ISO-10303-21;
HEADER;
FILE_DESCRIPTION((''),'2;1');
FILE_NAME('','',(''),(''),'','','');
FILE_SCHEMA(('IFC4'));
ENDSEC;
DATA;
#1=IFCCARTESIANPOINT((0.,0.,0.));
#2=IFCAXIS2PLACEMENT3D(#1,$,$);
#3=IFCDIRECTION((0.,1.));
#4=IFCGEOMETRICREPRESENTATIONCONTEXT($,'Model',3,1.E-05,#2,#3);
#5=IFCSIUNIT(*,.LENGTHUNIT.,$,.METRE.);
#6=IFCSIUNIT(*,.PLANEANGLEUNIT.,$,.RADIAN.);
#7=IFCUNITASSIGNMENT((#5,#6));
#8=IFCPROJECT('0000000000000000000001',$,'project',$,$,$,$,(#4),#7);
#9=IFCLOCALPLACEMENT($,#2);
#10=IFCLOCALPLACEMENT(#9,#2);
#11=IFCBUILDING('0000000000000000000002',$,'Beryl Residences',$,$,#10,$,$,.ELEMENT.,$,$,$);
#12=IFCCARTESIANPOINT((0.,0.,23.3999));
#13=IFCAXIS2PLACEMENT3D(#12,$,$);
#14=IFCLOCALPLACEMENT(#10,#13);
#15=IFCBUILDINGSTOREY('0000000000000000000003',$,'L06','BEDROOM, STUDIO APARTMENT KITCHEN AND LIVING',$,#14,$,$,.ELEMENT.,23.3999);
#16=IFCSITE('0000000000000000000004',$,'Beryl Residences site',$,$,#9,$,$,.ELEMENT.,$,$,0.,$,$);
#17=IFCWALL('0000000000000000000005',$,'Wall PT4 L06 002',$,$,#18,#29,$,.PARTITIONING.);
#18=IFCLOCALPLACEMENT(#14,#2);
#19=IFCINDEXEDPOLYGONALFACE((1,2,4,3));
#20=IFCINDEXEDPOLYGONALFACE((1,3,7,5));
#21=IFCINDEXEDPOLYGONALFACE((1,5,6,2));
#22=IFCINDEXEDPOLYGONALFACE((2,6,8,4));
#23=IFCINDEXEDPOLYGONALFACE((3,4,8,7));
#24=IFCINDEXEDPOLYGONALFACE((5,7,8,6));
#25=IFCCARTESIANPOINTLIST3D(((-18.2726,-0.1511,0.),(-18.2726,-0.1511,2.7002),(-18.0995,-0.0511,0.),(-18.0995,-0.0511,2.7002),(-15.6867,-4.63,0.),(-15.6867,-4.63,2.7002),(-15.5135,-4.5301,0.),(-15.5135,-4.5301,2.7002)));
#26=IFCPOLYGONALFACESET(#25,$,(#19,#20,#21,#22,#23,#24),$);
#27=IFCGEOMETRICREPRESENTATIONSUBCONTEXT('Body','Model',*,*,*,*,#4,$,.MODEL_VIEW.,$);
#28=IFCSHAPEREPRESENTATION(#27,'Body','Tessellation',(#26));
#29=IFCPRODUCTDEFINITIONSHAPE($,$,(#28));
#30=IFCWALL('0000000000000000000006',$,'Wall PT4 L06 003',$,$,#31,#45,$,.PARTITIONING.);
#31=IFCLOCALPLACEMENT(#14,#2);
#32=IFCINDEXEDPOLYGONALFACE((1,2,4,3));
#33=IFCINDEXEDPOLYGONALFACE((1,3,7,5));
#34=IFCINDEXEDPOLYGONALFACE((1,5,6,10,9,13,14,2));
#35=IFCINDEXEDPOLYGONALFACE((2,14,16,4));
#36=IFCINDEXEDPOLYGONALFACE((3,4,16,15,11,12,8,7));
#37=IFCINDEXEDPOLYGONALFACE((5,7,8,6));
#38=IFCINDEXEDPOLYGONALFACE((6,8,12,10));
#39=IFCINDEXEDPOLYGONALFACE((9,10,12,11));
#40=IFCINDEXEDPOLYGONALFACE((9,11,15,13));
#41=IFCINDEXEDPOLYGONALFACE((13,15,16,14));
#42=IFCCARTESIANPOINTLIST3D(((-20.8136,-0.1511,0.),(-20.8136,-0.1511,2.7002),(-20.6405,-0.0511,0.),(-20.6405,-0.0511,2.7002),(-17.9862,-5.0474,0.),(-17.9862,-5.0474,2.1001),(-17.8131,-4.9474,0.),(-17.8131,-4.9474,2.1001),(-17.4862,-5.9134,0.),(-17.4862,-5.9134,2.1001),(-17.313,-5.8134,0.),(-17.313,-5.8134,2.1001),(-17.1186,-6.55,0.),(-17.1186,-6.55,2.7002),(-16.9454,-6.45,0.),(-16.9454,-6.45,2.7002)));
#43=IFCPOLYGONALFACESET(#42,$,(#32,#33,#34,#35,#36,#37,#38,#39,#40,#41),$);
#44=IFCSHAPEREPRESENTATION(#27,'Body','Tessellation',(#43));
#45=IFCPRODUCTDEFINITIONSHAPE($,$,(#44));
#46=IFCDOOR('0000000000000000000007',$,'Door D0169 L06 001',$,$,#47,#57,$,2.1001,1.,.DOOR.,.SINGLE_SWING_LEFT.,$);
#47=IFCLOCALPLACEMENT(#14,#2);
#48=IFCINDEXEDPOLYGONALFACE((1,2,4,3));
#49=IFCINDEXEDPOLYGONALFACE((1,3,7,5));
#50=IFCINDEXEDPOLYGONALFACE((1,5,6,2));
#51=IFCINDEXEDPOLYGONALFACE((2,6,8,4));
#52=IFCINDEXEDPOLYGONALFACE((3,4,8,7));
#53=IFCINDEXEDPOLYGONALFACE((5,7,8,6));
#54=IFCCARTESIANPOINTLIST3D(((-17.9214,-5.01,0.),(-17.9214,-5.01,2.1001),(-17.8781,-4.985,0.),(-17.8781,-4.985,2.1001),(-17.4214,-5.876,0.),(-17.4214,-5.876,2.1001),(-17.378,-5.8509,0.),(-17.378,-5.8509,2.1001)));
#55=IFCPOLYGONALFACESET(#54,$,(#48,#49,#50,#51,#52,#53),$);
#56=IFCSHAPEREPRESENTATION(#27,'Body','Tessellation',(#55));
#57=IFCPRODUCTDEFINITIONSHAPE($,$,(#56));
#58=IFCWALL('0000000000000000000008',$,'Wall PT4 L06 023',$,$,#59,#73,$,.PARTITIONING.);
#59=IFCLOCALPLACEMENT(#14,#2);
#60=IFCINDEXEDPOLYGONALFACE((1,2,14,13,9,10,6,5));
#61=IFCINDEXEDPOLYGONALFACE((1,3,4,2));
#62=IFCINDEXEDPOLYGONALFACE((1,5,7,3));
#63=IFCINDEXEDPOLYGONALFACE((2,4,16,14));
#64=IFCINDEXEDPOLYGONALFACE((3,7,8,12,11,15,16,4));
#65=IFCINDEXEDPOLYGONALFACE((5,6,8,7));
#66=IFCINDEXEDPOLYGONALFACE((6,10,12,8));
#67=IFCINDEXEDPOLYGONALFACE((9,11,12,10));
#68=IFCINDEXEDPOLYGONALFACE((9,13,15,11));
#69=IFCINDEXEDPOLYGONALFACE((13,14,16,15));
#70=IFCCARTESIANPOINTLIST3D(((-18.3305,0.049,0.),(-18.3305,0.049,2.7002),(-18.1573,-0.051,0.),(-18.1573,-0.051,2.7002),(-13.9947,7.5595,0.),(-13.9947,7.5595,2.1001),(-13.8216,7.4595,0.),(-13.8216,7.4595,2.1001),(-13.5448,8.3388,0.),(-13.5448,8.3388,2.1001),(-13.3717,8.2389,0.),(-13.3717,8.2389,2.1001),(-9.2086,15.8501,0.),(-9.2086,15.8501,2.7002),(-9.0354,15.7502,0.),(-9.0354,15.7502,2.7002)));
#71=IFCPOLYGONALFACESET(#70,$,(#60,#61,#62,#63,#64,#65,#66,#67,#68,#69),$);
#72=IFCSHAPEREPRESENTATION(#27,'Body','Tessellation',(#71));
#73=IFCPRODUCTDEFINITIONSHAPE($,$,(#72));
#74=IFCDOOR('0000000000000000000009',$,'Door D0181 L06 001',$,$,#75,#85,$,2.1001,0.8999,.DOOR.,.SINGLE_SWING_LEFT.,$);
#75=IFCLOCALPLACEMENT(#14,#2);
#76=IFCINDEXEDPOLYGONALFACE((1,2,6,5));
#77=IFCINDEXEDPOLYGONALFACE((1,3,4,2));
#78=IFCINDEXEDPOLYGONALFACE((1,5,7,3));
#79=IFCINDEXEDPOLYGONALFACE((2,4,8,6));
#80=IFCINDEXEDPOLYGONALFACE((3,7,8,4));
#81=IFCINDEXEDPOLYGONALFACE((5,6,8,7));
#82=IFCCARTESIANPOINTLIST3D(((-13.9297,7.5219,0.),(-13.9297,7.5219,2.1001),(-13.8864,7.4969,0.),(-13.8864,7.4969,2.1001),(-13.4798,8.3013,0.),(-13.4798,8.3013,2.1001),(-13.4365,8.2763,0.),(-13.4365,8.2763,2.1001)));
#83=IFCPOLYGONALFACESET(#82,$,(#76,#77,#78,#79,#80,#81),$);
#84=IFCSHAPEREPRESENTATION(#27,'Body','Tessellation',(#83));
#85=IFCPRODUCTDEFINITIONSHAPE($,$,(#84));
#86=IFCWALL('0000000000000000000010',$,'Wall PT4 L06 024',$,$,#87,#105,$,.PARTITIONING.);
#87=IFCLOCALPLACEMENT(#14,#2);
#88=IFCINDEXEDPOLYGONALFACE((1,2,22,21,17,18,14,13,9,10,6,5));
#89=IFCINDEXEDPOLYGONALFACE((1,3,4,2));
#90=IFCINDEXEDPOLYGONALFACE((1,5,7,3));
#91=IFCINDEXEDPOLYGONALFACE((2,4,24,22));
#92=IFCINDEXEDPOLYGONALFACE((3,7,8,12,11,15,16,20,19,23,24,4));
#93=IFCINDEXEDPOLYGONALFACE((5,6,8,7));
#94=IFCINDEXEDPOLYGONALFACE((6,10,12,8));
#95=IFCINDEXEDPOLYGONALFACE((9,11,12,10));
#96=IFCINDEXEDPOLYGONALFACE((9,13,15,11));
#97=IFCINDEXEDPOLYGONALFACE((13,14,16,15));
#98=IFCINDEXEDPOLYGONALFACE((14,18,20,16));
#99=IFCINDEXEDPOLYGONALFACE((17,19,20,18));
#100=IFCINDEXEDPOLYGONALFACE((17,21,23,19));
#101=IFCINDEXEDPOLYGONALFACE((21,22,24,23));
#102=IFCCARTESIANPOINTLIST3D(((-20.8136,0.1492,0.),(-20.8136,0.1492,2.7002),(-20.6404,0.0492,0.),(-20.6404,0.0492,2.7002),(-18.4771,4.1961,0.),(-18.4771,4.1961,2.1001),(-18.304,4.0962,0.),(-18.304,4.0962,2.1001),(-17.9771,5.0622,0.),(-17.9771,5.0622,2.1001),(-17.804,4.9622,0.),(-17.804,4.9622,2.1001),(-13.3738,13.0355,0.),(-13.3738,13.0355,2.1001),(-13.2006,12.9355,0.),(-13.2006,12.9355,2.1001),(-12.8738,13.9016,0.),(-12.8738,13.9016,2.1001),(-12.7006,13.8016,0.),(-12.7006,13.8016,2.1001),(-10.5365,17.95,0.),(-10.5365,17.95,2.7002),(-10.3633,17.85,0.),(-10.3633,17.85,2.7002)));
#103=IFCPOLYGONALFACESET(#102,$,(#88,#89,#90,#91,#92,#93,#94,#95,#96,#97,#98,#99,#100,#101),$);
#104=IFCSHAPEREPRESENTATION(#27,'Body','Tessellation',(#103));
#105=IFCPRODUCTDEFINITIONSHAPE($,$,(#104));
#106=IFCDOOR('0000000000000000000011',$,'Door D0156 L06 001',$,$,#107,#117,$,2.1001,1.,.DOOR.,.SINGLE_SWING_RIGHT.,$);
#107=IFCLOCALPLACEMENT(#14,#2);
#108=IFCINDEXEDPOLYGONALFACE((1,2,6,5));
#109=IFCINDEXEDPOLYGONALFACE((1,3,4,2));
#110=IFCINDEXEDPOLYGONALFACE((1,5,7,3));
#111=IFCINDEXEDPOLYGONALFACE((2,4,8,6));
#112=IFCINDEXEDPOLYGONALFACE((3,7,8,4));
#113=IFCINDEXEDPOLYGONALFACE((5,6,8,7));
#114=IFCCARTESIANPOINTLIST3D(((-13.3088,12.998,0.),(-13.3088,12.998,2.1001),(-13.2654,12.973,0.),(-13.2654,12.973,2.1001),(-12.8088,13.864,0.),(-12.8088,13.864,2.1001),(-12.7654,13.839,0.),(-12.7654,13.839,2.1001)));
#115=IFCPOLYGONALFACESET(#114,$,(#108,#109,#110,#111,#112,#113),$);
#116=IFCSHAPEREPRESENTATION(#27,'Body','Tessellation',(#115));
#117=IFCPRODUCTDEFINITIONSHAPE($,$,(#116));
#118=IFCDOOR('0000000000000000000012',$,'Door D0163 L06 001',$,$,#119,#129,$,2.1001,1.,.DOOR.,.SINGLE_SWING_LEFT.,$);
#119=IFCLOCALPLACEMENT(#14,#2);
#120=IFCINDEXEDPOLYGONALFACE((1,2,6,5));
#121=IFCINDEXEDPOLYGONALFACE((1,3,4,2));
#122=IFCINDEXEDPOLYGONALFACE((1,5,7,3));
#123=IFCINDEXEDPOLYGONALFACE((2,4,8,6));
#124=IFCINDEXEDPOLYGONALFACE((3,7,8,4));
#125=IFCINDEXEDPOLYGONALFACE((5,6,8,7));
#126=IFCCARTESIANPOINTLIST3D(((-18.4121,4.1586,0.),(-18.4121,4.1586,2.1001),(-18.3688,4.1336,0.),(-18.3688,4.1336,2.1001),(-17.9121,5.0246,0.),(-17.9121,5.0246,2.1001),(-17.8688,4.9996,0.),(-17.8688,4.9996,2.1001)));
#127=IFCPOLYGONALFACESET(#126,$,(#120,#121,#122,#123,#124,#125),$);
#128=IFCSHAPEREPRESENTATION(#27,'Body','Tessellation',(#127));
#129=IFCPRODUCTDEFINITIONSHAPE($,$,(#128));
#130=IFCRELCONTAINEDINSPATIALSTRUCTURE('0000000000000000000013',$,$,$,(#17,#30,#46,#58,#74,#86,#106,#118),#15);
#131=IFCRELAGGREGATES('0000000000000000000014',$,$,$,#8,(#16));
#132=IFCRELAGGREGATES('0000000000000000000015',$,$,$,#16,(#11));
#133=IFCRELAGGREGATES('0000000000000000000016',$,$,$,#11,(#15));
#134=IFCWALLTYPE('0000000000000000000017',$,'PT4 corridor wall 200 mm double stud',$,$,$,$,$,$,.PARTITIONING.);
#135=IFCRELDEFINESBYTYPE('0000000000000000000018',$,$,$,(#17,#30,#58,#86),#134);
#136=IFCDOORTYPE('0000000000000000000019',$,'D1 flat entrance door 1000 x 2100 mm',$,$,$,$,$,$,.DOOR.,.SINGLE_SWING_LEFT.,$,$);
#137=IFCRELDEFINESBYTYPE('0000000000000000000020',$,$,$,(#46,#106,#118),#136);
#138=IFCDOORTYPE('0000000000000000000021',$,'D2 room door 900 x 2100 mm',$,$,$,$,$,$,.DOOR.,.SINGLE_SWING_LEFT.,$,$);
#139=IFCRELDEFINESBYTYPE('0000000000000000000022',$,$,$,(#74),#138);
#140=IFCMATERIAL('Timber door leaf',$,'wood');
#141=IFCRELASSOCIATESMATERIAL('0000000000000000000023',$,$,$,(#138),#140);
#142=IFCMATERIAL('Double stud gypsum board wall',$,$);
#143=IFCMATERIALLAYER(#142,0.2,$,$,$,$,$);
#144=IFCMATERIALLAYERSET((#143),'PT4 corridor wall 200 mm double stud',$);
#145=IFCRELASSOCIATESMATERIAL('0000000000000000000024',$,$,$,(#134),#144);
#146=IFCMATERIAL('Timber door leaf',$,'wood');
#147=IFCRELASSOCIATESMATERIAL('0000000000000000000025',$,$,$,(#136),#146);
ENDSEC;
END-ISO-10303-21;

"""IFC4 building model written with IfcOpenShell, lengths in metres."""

from ifc_helpers import new_model, si_unit, direction, frame, frame_2d, origin, place, context, subcontext, project, spatial, rectangle, extrude, material, layer, layer_set, type_object, element, fill, save


model = new_model("IFC4")

# Units and contexts
model_context = context("Model", 3, precision=1e-05, world=origin(), true_north=direction((0.0, 1.0)))
body_context = subcontext(model_context, "Body", "Model", "MODEL_VIEW")
ifc_project = project(units=[si_unit("LENGTHUNIT", "METRE"), si_unit("PLANEANGLEUNIT", "RADIAN")], contexts=[model_context])

# Site, building, storey
site_placement = place(None, origin())
site = spatial("IfcSite", under=ifc_project, at=site_placement, Name="Beryl Residences site", CompositionType="ELEMENT", RefElevation=0.0)
building_placement = place(site_placement, origin())
building = spatial("IfcBuilding", under=site, at=building_placement, Name="Beryl Residences", CompositionType="ELEMENT")
storey_placement = place(building_placement, frame((0.0, 0.0, 23.3999)))
storey = spatial("IfcBuildingStorey", under=building, at=storey_placement, Name="L06", Description="BEDROOM, STUDIO APARTMENT KITCHEN AND LIVING", CompositionType="ELEMENT", Elevation=23.3999)

# Shared definitions
ifc_material_1 = material(Name="Timber door leaf", Category="wood")
door_type_1 = type_object("IfcDoorType", Name="D2 room door 900 x 2100 mm", OperationType="SINGLE_SWING_LEFT", PredefinedType="DOOR", material=ifc_material_1)

# Wall
ifc_material_2 = material(Name="Double stud gypsum board wall")
ifc_layer_1 = layer(ifc_material_2, 0.2)
ifc_layer_set_1 = layer_set([ifc_layer_1], Name="PT4 corridor wall 200 mm double stud")
wall_type_1 = type_object("IfcWallType", Name="PT4 corridor wall 200 mm double stud", PredefinedType="PARTITIONING", material=ifc_layer_set_1)
wall_1_placement = place(storey_placement, frame((-18.186, -0.1011, 0.0), z_axis=(0.0, 0.0, 1.0), x_axis=(0.499998, -0.866027, 0.0)))
element("IfcWall", 1, at=wall_1_placement, inside=storey, type_object=wall_type_1, Name="Wall PT4 L06 002", PredefinedType="PARTITIONING", context=body_context, shape_type="SweptSolid", body=[
    extrude(rectangle(XDim=5.1719, YDim=0.2, at=frame_2d((2.5859, 0.0))), origin(), (0.0, 0.0, 1.0), 2.7002),
])

# Walls, openings, doors
wall_2_placement = place(storey_placement, frame((-20.7271, -0.1011, 0.0), z_axis=(0.0, 0.0, 1.0), x_axis=(0.500066, -0.865987, 0.0)))
wall_2 = element("IfcWall", 2, at=wall_2_placement, inside=storey, type_object=wall_type_1, Name="Wall PT4 L06 003", PredefinedType="PARTITIONING", context=body_context, shape_type="SweptSolid", body=[
    extrude(rectangle(XDim=7.3892, YDim=0.2, at=frame_2d((3.6946, 0.0))), origin(), (0.0, 0.0, 1.0), 2.7002),
])
opening_1_placement = place(wall_2_placement, frame((5.6541, 0.0, 0.0)))
opening_1 = element("IfcOpeningElement", 3, at=opening_1_placement, cuts=wall_2, PredefinedType="OPENING", context=body_context, shape_type="SweptSolid", body=[
    extrude(rectangle(XDim=1.0, YDim=2.1001, at=frame_2d((0.5, 1.05))), frame((0.0, 0.1099, 0.0), z_axis=(0.0, -1.0, 0.0), x_axis=(1.0, 0.0, 0.0)), (0.0, 0.0, 1.0), 0.22),
])
ifc_material_3 = material(Name="Timber door leaf", Category="wood")
door_type_2 = type_object("IfcDoorType", Name="D1 flat entrance door 1000 x 2100 mm", OperationType="SINGLE_SWING_LEFT", PredefinedType="DOOR", material=ifc_material_3)
door_1_placement = place(opening_1_placement, origin())
door_1 = element("IfcDoor", 4, at=door_1_placement, inside=storey, type_object=door_type_2, Name="Door D0169 L06 001", OperationType="SINGLE_SWING_LEFT", OverallHeight=2.1001, OverallWidth=1.0, PredefinedType="DOOR", context=body_context, shape_type="SweptSolid", body=[
    extrude(rectangle(XDim=1.0, YDim=2.1001, at=frame_2d((0.5, 1.05))), frame((0.0, 0.0249, 0.0), z_axis=(0.0, -1.0, 0.0), x_axis=(1.0, 0.0, 0.0)), (0.0, 0.0, 1.0), 0.05),
])
fill(opening_1, door_1)
wall_3_placement = place(storey_placement, frame((-18.2439, -0.001, 0.0), z_axis=(0.0, 0.0, 1.0), x_axis=(0.499963, 0.866047, 0.0)))
wall_3 = element("IfcWall", 5, at=wall_3_placement, inside=storey, type_object=wall_type_1, Name="Wall PT4 L06 023", PredefinedType="PARTITIONING", context=body_context, shape_type="SweptSolid", body=[
    extrude(rectangle(XDim=18.2451, YDim=0.2, at=frame_2d((9.1226, 0.0))), origin(), (0.0, 0.0, 1.0), 2.7002),
])
opening_2_placement = place(wall_3_placement, frame((8.6721, 0.0, 0.0)))
opening_2 = element("IfcOpeningElement", 6, at=opening_2_placement, cuts=wall_3, PredefinedType="OPENING", context=body_context, shape_type="SweptSolid", body=[
    extrude(rectangle(XDim=0.8999, YDim=2.1001, at=frame_2d((0.45, 1.05))), frame((0.0, 0.1099, 0.0), z_axis=(0.0, -1.0, 0.0), x_axis=(1.0, 0.0, 0.0)), (0.0, 0.0, 1.0), 0.22),
])
door_2_placement = place(opening_2_placement, origin())
door_2 = element("IfcDoor", 7, at=door_2_placement, inside=storey, type_object=door_type_1, Name="Door D0181 L06 001", OperationType="SINGLE_SWING_LEFT", OverallHeight=2.1001, OverallWidth=0.8999, PredefinedType="DOOR", context=body_context, shape_type="SweptSolid", body=[
    extrude(rectangle(XDim=0.8999, YDim=2.1001, at=frame_2d((0.45, 1.05))), frame((0.0, 0.0249, 0.0), z_axis=(0.0, -1.0, 0.0), x_axis=(1.0, 0.0, 0.0)), (0.0, 0.0, 1.0), 0.05),
])
fill(opening_2, door_2)

# Wall, openings, doors
wall_4_placement = place(storey_placement, frame((-20.7271, 0.0991, 0.0), z_axis=(0.0, 0.0, 1.0), x_axis=(0.499993, 0.866029, 0.0)))
wall_4 = element("IfcWall", 8, at=wall_4_placement, inside=storey, type_object=wall_type_1, Name="Wall PT4 L06 024", PredefinedType="PARTITIONING", context=body_context, shape_type="SweptSolid", body=[
    extrude(rectangle(XDim=20.5544, YDim=0.2, at=frame_2d((10.2773, 0.0))), origin(), (0.0, 0.0, 1.0), 2.7002),
])
opening_3_placement = place(wall_4_placement, frame((14.8799, 0.0, 0.0)))
opening_3 = element("IfcOpeningElement", 9, at=opening_3_placement, cuts=wall_4, PredefinedType="OPENING", context=body_context, shape_type="SweptSolid", body=[
    extrude(rectangle(XDim=1.0, YDim=2.1001, at=frame_2d((0.5, 1.05))), frame((0.0, 0.1099, 0.0), z_axis=(0.0, -1.0, 0.0), x_axis=(1.0, 0.0, 0.0)), (0.0, 0.0, 1.0), 0.22),
])
opening_4_placement = place(wall_4_placement, frame((4.6731, 0.0, 0.0)))
opening_4 = element("IfcOpeningElement", 10, at=opening_4_placement, cuts=wall_4, PredefinedType="OPENING", context=body_context, shape_type="SweptSolid", body=[
    extrude(rectangle(XDim=1.0, YDim=2.1001, at=frame_2d((0.5, 1.05))), frame((0.0, 0.1099, 0.0), z_axis=(0.0, -1.0, 0.0), x_axis=(1.0, 0.0, 0.0)), (0.0, 0.0, 1.0), 0.22),
])
door_3_placement = place(opening_3_placement, origin())
door_3 = element("IfcDoor", 11, at=door_3_placement, inside=storey, type_object=door_type_2, Name="Door D0156 L06 001", OperationType="SINGLE_SWING_RIGHT", OverallHeight=2.1001, OverallWidth=1.0, PredefinedType="DOOR", context=body_context, shape_type="SweptSolid", body=[
    extrude(rectangle(XDim=1.0, YDim=2.1001, at=frame_2d((0.5, 1.05))), frame((0.0, 0.0249, 0.0), z_axis=(0.0, -1.0, 0.0), x_axis=(1.0, 0.0, 0.0)), (0.0, 0.0, 1.0), 0.05),
])
fill(opening_3, door_3)
door_4_placement = place(opening_4_placement, origin())
door_4 = element("IfcDoor", 12, at=door_4_placement, inside=storey, type_object=door_type_2, Name="Door D0163 L06 001", OperationType="SINGLE_SWING_LEFT", OverallHeight=2.1001, OverallWidth=1.0, PredefinedType="DOOR", context=body_context, shape_type="SweptSolid", body=[
    extrude(rectangle(XDim=1.0, YDim=2.1001, at=frame_2d((0.5, 1.05))), frame((0.0, 0.0249, 0.0), z_axis=(0.0, -1.0, 0.0), x_axis=(1.0, 0.0, 0.0)), (0.0, 0.0, 1.0), 0.05),
])
fill(opening_4, door_4)

save(model, "model.ifc")
